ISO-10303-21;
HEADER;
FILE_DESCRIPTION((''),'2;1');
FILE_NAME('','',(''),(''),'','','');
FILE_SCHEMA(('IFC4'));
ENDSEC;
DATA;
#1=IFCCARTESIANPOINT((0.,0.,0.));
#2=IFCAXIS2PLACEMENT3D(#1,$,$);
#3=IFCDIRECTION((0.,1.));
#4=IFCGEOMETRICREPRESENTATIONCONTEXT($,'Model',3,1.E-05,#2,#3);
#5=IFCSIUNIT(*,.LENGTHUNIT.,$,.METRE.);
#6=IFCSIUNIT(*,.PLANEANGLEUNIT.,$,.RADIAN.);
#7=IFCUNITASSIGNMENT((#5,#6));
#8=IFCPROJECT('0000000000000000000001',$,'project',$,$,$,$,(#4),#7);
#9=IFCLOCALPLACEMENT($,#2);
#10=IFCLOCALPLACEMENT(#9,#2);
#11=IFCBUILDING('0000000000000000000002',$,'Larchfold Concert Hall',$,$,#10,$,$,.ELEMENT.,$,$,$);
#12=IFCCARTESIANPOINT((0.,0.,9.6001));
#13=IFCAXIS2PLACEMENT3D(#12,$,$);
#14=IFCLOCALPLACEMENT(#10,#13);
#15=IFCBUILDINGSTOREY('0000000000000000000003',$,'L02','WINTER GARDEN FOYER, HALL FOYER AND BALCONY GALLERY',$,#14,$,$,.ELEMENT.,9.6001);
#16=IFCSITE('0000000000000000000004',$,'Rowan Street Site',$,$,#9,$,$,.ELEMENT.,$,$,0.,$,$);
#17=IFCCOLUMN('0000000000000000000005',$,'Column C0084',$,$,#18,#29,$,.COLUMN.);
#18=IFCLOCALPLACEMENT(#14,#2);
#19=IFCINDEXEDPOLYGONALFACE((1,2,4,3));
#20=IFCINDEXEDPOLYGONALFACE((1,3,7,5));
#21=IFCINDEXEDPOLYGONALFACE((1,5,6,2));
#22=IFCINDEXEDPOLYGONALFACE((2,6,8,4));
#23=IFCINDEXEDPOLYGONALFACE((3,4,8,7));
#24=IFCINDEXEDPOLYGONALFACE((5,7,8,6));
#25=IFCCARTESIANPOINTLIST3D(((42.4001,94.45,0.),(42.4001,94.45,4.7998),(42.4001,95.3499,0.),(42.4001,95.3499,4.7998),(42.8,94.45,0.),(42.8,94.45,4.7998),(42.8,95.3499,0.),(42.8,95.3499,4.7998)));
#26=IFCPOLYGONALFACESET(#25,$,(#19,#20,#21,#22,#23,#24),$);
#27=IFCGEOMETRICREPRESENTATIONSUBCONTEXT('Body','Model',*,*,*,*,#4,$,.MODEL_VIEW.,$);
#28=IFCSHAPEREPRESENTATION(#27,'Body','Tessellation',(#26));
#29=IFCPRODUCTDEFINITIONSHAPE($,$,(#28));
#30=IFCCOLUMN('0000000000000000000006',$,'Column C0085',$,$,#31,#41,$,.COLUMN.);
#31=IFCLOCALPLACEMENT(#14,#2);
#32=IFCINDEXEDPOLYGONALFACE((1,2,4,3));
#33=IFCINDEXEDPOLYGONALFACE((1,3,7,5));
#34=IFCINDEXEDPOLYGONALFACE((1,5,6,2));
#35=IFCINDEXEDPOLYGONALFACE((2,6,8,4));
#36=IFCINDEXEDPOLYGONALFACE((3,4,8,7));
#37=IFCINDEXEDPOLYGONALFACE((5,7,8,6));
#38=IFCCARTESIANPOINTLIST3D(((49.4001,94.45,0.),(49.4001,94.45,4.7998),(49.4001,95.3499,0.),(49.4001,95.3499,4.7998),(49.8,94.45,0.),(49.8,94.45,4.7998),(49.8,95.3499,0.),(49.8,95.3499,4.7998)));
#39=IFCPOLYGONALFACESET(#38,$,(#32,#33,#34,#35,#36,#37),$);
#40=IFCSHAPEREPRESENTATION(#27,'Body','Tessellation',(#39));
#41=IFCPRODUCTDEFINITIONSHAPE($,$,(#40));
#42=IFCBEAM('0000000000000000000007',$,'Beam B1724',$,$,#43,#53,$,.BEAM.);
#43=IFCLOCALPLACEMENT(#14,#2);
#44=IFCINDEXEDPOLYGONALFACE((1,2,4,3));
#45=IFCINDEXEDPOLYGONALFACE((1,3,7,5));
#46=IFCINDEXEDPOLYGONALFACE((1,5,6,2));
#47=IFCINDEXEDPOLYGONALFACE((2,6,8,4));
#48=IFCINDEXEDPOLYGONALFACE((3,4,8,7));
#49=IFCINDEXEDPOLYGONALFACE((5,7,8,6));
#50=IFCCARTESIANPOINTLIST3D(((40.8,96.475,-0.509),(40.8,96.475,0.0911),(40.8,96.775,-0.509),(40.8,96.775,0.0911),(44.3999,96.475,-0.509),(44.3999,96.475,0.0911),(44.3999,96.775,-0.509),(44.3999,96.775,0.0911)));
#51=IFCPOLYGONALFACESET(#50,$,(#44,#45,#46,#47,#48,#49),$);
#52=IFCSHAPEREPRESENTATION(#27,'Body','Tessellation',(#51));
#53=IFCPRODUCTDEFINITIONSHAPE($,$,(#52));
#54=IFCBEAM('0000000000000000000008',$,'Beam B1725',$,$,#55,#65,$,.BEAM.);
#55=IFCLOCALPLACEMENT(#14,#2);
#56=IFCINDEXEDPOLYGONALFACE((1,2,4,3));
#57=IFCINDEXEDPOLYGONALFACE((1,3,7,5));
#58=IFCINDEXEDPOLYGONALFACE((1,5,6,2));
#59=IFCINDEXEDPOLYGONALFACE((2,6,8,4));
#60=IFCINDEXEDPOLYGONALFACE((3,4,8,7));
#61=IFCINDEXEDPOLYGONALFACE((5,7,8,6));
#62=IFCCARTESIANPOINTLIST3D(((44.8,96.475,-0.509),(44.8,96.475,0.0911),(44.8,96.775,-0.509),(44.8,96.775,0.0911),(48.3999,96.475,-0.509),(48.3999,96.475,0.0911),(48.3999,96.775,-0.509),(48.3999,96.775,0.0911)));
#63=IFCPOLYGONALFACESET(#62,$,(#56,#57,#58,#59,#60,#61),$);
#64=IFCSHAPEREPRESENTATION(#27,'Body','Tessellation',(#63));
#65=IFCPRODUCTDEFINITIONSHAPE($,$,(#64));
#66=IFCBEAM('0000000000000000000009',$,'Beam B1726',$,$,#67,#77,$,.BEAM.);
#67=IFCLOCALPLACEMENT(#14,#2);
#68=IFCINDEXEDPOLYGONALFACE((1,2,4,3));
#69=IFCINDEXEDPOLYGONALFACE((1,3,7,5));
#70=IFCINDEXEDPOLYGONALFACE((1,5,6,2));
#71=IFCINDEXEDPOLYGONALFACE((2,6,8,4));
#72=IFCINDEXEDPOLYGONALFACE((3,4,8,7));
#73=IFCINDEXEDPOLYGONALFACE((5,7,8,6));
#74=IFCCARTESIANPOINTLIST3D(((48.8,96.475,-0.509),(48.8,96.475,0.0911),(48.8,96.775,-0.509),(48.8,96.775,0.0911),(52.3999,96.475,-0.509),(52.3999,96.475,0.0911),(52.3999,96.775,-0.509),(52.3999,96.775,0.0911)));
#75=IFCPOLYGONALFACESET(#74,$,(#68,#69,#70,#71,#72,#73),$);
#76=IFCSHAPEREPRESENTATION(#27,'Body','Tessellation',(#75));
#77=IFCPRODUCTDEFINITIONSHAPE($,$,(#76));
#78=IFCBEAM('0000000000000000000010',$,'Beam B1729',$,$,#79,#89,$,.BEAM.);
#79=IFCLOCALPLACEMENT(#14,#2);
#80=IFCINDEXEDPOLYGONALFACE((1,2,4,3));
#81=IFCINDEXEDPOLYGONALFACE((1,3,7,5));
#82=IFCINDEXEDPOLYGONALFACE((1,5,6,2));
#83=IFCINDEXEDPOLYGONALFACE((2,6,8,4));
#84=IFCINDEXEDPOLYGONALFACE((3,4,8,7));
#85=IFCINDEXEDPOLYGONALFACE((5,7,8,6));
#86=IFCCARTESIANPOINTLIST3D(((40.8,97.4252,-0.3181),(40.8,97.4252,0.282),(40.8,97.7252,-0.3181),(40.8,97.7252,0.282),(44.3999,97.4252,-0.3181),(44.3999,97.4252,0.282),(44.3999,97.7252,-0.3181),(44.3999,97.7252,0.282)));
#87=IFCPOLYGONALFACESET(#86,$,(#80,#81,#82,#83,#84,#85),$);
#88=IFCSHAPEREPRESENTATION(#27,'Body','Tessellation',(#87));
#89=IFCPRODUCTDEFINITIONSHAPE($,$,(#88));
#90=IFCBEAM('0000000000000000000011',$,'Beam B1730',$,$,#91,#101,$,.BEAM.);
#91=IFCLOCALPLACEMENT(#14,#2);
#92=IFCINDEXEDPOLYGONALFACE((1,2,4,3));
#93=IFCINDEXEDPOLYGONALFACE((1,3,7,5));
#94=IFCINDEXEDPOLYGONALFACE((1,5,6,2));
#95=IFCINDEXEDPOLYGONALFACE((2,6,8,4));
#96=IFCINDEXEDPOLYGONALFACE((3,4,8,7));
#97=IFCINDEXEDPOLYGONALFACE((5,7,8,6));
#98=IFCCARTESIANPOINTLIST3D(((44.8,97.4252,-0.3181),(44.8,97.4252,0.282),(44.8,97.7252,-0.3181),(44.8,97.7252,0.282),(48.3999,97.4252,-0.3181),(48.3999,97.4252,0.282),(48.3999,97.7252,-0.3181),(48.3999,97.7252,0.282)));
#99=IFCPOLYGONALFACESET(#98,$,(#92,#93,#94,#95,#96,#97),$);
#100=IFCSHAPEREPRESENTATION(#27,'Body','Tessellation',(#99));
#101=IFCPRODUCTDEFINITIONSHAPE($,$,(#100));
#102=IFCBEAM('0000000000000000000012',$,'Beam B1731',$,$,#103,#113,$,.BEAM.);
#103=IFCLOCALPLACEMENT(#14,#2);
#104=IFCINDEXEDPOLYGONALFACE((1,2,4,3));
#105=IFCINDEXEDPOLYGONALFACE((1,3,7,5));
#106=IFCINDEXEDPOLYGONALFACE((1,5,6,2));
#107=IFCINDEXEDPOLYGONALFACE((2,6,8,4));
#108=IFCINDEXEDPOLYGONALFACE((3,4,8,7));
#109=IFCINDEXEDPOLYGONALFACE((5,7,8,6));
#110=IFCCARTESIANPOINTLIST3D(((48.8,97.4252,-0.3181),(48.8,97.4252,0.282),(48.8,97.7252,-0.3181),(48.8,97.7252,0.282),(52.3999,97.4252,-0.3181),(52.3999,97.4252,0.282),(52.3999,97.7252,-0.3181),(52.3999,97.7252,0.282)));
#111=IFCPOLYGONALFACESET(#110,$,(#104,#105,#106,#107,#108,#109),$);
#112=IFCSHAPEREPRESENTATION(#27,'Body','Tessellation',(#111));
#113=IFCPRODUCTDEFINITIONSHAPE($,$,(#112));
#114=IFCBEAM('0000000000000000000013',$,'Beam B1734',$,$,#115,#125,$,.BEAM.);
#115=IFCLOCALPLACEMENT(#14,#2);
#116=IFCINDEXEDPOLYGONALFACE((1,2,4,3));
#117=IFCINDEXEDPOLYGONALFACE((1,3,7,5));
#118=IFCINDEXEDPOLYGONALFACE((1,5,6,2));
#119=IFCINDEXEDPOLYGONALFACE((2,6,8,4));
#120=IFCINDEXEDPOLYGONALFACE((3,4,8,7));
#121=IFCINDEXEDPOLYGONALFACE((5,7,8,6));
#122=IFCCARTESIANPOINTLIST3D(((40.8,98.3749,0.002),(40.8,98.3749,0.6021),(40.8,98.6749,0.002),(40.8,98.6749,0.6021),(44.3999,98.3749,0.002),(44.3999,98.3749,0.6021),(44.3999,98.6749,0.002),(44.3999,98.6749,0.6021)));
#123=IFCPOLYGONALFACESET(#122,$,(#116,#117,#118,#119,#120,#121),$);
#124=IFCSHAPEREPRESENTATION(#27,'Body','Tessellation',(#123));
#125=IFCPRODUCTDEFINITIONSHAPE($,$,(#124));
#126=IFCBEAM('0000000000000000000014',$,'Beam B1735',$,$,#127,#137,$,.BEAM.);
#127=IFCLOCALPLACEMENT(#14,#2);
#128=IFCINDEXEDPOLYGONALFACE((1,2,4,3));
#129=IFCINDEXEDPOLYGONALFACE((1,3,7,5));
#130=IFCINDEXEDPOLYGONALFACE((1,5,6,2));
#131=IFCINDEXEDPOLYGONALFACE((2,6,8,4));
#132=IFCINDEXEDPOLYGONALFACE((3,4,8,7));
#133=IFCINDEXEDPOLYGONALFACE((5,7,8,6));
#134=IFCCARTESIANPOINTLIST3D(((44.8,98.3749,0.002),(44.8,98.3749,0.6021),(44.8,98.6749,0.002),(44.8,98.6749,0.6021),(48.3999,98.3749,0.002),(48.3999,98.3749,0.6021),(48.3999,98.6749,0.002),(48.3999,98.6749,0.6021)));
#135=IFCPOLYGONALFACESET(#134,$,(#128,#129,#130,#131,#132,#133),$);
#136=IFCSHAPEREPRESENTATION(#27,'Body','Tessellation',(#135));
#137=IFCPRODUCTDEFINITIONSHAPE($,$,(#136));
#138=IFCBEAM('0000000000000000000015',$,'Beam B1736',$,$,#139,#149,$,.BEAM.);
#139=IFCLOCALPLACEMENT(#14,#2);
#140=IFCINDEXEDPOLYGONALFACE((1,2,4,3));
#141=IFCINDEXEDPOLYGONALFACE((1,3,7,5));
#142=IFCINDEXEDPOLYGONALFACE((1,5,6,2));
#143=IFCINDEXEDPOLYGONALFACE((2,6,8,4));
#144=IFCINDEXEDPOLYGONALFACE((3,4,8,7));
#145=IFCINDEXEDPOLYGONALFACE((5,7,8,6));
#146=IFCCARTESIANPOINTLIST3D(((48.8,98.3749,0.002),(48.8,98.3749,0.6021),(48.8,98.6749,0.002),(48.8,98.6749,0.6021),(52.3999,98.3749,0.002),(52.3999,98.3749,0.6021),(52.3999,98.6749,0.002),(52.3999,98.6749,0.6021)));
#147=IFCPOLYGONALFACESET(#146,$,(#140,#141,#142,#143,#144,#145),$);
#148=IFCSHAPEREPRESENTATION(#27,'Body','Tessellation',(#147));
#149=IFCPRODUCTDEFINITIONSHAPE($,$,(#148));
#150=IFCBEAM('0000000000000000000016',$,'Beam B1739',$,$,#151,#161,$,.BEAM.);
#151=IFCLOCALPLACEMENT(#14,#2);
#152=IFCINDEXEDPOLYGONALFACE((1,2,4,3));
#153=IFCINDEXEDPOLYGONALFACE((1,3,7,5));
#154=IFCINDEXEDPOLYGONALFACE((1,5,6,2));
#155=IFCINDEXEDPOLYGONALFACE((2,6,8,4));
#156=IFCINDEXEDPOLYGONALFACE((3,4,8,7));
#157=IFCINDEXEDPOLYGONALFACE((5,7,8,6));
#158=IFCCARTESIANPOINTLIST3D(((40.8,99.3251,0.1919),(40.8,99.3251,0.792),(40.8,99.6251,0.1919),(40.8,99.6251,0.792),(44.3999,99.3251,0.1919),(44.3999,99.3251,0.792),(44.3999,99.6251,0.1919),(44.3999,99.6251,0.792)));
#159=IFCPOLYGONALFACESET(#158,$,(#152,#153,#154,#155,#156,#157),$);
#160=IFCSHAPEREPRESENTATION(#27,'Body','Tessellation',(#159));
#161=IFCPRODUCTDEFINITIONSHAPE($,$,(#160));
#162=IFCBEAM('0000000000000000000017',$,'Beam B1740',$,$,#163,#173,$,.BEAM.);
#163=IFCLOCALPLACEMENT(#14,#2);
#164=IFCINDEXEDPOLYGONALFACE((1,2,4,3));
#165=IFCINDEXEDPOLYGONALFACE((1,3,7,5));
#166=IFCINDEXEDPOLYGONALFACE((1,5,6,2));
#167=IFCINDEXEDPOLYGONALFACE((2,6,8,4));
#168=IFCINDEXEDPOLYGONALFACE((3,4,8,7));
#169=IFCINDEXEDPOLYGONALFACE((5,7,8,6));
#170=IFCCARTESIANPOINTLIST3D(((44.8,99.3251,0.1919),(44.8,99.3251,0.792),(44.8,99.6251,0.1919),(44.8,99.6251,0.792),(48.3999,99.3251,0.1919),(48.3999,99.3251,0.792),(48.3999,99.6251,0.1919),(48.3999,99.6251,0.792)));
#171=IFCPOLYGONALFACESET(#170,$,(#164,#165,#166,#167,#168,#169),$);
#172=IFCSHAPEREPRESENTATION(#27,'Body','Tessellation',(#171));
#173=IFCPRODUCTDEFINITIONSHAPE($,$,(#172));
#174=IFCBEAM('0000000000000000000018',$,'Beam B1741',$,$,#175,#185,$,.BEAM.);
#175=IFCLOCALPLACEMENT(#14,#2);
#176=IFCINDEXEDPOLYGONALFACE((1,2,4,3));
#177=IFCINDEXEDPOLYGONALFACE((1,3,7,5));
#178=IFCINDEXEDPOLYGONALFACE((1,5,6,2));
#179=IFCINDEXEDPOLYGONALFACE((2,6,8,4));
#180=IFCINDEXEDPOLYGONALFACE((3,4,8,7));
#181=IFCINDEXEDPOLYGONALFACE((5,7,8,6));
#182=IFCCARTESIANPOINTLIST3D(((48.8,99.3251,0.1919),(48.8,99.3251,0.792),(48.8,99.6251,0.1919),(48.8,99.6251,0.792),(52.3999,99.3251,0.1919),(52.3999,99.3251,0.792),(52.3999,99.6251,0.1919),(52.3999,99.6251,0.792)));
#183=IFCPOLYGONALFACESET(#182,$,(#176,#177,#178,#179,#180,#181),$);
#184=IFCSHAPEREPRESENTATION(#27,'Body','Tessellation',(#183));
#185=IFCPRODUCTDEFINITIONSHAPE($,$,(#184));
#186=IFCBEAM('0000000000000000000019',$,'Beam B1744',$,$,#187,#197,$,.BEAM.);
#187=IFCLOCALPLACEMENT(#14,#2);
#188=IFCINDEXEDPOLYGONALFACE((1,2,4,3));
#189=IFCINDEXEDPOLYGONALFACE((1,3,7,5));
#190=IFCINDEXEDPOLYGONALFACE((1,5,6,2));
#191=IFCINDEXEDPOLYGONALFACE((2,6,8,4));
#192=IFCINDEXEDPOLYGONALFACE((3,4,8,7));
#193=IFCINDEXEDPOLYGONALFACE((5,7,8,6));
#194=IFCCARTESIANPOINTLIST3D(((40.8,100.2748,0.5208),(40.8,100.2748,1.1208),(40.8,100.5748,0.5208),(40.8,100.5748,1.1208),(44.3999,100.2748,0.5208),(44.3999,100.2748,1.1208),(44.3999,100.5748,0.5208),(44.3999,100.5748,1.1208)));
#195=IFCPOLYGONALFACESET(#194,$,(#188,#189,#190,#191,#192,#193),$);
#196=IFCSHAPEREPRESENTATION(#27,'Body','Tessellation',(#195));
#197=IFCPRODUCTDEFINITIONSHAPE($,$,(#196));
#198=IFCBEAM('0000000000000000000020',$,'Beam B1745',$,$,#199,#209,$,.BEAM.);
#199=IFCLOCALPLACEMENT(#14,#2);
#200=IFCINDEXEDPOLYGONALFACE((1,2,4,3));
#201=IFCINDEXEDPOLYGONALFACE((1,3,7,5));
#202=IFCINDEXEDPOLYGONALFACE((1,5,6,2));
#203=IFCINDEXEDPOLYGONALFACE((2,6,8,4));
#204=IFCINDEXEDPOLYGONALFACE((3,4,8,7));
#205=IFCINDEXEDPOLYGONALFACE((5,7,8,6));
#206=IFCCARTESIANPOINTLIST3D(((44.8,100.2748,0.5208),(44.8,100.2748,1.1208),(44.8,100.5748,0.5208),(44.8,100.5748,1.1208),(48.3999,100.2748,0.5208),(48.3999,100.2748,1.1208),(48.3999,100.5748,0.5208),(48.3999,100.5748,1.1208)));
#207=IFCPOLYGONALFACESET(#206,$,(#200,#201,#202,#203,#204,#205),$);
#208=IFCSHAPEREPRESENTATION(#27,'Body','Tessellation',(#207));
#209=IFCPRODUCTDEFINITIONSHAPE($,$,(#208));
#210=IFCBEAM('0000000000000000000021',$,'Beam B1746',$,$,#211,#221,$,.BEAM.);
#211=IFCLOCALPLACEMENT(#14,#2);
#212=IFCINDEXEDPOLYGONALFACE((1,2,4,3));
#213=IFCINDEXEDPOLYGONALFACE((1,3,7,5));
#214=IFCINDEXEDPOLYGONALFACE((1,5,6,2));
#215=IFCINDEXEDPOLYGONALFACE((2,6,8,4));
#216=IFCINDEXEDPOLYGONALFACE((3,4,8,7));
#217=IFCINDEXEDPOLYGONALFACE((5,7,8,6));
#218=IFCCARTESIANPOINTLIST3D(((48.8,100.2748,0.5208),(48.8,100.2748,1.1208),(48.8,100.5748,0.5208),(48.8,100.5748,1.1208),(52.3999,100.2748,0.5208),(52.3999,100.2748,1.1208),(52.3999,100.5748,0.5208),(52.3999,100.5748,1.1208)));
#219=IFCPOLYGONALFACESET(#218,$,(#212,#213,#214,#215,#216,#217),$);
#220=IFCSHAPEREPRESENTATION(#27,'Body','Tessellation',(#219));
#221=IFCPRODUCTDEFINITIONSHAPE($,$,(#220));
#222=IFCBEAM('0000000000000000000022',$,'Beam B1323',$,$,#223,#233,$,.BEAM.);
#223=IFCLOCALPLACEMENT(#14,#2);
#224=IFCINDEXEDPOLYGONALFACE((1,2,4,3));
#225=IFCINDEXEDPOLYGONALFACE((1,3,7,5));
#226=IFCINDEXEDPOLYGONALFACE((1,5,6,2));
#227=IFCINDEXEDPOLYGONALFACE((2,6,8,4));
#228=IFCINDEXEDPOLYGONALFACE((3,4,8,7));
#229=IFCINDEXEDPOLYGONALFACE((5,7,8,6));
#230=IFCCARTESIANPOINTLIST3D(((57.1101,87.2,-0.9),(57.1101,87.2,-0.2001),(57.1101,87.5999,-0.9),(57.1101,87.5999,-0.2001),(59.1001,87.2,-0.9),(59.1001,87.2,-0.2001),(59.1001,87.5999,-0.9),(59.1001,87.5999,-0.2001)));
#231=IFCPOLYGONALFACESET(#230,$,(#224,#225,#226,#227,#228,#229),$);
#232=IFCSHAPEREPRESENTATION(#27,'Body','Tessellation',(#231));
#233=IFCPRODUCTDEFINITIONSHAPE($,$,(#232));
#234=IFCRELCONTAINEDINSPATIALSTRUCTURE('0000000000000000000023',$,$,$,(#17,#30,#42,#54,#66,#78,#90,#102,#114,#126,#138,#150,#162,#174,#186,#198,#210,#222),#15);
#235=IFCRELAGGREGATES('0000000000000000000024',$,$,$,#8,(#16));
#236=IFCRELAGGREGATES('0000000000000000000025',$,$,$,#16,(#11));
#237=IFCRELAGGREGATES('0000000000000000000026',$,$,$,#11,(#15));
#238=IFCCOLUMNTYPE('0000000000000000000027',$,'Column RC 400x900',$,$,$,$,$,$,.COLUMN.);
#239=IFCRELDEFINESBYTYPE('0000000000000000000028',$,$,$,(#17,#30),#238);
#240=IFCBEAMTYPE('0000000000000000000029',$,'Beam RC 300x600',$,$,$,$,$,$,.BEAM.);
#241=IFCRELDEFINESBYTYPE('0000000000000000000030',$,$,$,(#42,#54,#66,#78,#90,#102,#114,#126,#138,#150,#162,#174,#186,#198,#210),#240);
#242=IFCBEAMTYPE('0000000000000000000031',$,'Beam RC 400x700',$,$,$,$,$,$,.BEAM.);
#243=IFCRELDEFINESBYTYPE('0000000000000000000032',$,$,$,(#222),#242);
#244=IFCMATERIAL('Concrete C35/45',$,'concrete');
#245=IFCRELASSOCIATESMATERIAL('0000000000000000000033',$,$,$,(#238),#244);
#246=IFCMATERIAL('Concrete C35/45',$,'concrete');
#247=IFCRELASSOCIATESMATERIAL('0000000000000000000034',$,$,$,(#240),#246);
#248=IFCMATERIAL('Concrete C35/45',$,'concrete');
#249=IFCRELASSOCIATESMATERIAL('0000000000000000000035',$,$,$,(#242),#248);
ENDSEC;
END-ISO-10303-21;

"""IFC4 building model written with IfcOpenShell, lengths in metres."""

from ifc_helpers import new_model, si_unit, direction, frame, origin, origin_2d, place, context, subcontext, project, spatial, rectangle, extrude, material, material_profile, profile_set, type_object, element, save


model = new_model("IFC4")

# Units and contexts
model_context = context("Model", 3, precision=1e-05, world=origin(), true_north=direction((0.0, 1.0)))
body_context = subcontext(model_context, "Body", "Model", "MODEL_VIEW")
ifc_project = project(units=[si_unit("LENGTHUNIT", "METRE"), si_unit("PLANEANGLEUNIT", "RADIAN")], contexts=[model_context])

# Site, building, storey
site_placement = place(None, origin())
site = spatial("IfcSite", under=ifc_project, at=site_placement, Name="Rowan Street Site", CompositionType="ELEMENT", RefElevation=0.0)
building_placement = place(site_placement, origin())
building = spatial("IfcBuilding", under=site, at=building_placement, Name="Larchfold Concert Hall", CompositionType="ELEMENT")
storey_placement = place(building_placement, frame((0.0, 0.0, 9.6001)))
storey = spatial("IfcBuildingStorey", under=building, at=storey_placement, Name="L02", Description="WINTER GARDEN FOYER, HALL FOYER AND BALCONY GALLERY", CompositionType="ELEMENT", Elevation=9.6001)

# Columns
ifc_material_1 = material(Name="Concrete C35/45", Category="concrete")
ifc_material_profile_1 = material_profile(ifc_material_1, rectangle(XDim=0.3999, YDim=0.8999, at=origin_2d()))
ifc_profile_set_1 = profile_set([ifc_material_profile_1], Name="Concrete C35/45")
column_type = type_object("IfcColumnType", Name="Column RC 400x900", PredefinedType="COLUMN", material=ifc_profile_set_1)
for number, where, z_axis, x_axis, name in (
    (1, (42.6001, 94.8999, 0.0), (0.0, 0.0, 1.0), (1.0, 0.0, 0.0), "Column C0084"),
    (2, (49.6001, 94.8999, 0.0), (0.0, 0.0, 1.0), (1.0, 0.0, 0.0), "Column C0085"),
):
    element("IfcColumn", number, at=place(storey_placement, frame(where, z_axis=z_axis, x_axis=x_axis)), inside=storey, type_object=column_type, Name=name, PredefinedType="COLUMN", context=body_context, shape_type="SweptSolid", body=[
        extrude(rectangle(XDim=0.3999, YDim=0.8999, at=origin_2d()), origin(), (0.0, 0.0, 1.0), 4.7998),
    ])

# Beams
ifc_material_2 = material(Name="Concrete C35/45", Category="concrete")
ifc_material_profile_2 = material_profile(ifc_material_2, rectangle(XDim=0.3, YDim=0.6001, at=origin_2d()))
ifc_profile_set_2 = profile_set([ifc_material_profile_2], Name="Concrete C35/45")
beam_type_1 = type_object("IfcBeamType", Name="Beam RC 300x600", PredefinedType="BEAM", material=ifc_profile_set_2)
for number, where, z_axis, x_axis, name in (
    (3, (40.8, 96.625, -0.209), (1.0, 0.0, 0.0), (0.0, 1.0, 0.0), "Beam B1724"),
    (4, (44.8, 96.625, -0.209), (1.0, 0.0, 0.0), (0.0, 1.0, 0.0), "Beam B1725"),
    (5, (48.8, 96.625, -0.209), (1.0, 0.0, 0.0), (0.0, 1.0, 0.0), "Beam B1726"),
    (6, (40.8, 97.5752, -0.0181), (1.0, 0.0, 0.0), (0.0, 1.0, 0.0), "Beam B1729"),
    (7, (44.8, 97.5752, -0.0181), (1.0, 0.0, 0.0), (0.0, 1.0, 0.0), "Beam B1730"),
    (8, (48.8, 97.5752, -0.0181), (1.0, 0.0, 0.0), (0.0, 1.0, 0.0), "Beam B1731"),
    (9, (40.8, 98.5249, 0.302), (1.0, 0.0, 0.0), (0.0, 1.0, 0.0), "Beam B1734"),
    (10, (44.8, 98.5249, 0.302), (1.0, 0.0, 0.0), (0.0, 1.0, 0.0), "Beam B1735"),
    (11, (48.8, 98.5249, 0.302), (1.0, 0.0, 0.0), (0.0, 1.0, 0.0), "Beam B1736"),
    (12, (40.8, 99.4751, 0.4919), (1.0, 0.0, 0.0), (0.0, 1.0, 0.0), "Beam B1739"),
    (13, (44.8, 99.4751, 0.4919), (1.0, 0.0, 0.0), (0.0, 1.0, 0.0), "Beam B1740"),
    (14, (48.8, 99.4751, 0.4919), (1.0, 0.0, 0.0), (0.0, 1.0, 0.0), "Beam B1741"),
    (15, (40.8, 100.4248, 0.8208), (1.0, 0.0, 0.0), (0.0, 1.0, 0.0), "Beam B1744"),
    (16, (44.8, 100.4248, 0.8208), (1.0, 0.0, 0.0), (0.0, 1.0, 0.0), "Beam B1745"),
    (17, (48.8, 100.4248, 0.8208), (1.0, 0.0, 0.0), (0.0, 1.0, 0.0), "Beam B1746"),
):
    element("IfcBeam", number, at=place(storey_placement, frame(where, z_axis=z_axis, x_axis=x_axis)), inside=storey, type_object=beam_type_1, Name=name, PredefinedType="BEAM", context=body_context, shape_type="SweptSolid", body=[
        extrude(rectangle(XDim=0.3, YDim=0.6001, at=origin_2d()), origin(), (0.0, 0.0, 1.0), 3.5999),
    ])
ifc_material_3 = material(Name="Concrete C35/45", Category="concrete")
ifc_material_profile_3 = material_profile(ifc_material_3, rectangle(XDim=0.3999, YDim=0.7, at=origin_2d()))
ifc_profile_set_3 = profile_set([ifc_material_profile_3], Name="Concrete C35/45")
beam_type_2 = type_object("IfcBeamType", Name="Beam RC 400x700", PredefinedType="BEAM", material=ifc_profile_set_3)
beam_1_placement = place(storey_placement, frame((57.1101, 87.3999, -0.55), z_axis=(1.0, 0.0, 0.0), x_axis=(0.0, 1.0, 0.0)))
element("IfcBeam", 18, at=beam_1_placement, inside=storey, type_object=beam_type_2, Name="Beam B1323", PredefinedType="BEAM", context=body_context, shape_type="SweptSolid", body=[
    extrude(rectangle(XDim=0.3999, YDim=0.7, at=origin_2d()), origin(), (0.0, 0.0, 1.0), 1.99),
])

save(model, "model.ifc")
